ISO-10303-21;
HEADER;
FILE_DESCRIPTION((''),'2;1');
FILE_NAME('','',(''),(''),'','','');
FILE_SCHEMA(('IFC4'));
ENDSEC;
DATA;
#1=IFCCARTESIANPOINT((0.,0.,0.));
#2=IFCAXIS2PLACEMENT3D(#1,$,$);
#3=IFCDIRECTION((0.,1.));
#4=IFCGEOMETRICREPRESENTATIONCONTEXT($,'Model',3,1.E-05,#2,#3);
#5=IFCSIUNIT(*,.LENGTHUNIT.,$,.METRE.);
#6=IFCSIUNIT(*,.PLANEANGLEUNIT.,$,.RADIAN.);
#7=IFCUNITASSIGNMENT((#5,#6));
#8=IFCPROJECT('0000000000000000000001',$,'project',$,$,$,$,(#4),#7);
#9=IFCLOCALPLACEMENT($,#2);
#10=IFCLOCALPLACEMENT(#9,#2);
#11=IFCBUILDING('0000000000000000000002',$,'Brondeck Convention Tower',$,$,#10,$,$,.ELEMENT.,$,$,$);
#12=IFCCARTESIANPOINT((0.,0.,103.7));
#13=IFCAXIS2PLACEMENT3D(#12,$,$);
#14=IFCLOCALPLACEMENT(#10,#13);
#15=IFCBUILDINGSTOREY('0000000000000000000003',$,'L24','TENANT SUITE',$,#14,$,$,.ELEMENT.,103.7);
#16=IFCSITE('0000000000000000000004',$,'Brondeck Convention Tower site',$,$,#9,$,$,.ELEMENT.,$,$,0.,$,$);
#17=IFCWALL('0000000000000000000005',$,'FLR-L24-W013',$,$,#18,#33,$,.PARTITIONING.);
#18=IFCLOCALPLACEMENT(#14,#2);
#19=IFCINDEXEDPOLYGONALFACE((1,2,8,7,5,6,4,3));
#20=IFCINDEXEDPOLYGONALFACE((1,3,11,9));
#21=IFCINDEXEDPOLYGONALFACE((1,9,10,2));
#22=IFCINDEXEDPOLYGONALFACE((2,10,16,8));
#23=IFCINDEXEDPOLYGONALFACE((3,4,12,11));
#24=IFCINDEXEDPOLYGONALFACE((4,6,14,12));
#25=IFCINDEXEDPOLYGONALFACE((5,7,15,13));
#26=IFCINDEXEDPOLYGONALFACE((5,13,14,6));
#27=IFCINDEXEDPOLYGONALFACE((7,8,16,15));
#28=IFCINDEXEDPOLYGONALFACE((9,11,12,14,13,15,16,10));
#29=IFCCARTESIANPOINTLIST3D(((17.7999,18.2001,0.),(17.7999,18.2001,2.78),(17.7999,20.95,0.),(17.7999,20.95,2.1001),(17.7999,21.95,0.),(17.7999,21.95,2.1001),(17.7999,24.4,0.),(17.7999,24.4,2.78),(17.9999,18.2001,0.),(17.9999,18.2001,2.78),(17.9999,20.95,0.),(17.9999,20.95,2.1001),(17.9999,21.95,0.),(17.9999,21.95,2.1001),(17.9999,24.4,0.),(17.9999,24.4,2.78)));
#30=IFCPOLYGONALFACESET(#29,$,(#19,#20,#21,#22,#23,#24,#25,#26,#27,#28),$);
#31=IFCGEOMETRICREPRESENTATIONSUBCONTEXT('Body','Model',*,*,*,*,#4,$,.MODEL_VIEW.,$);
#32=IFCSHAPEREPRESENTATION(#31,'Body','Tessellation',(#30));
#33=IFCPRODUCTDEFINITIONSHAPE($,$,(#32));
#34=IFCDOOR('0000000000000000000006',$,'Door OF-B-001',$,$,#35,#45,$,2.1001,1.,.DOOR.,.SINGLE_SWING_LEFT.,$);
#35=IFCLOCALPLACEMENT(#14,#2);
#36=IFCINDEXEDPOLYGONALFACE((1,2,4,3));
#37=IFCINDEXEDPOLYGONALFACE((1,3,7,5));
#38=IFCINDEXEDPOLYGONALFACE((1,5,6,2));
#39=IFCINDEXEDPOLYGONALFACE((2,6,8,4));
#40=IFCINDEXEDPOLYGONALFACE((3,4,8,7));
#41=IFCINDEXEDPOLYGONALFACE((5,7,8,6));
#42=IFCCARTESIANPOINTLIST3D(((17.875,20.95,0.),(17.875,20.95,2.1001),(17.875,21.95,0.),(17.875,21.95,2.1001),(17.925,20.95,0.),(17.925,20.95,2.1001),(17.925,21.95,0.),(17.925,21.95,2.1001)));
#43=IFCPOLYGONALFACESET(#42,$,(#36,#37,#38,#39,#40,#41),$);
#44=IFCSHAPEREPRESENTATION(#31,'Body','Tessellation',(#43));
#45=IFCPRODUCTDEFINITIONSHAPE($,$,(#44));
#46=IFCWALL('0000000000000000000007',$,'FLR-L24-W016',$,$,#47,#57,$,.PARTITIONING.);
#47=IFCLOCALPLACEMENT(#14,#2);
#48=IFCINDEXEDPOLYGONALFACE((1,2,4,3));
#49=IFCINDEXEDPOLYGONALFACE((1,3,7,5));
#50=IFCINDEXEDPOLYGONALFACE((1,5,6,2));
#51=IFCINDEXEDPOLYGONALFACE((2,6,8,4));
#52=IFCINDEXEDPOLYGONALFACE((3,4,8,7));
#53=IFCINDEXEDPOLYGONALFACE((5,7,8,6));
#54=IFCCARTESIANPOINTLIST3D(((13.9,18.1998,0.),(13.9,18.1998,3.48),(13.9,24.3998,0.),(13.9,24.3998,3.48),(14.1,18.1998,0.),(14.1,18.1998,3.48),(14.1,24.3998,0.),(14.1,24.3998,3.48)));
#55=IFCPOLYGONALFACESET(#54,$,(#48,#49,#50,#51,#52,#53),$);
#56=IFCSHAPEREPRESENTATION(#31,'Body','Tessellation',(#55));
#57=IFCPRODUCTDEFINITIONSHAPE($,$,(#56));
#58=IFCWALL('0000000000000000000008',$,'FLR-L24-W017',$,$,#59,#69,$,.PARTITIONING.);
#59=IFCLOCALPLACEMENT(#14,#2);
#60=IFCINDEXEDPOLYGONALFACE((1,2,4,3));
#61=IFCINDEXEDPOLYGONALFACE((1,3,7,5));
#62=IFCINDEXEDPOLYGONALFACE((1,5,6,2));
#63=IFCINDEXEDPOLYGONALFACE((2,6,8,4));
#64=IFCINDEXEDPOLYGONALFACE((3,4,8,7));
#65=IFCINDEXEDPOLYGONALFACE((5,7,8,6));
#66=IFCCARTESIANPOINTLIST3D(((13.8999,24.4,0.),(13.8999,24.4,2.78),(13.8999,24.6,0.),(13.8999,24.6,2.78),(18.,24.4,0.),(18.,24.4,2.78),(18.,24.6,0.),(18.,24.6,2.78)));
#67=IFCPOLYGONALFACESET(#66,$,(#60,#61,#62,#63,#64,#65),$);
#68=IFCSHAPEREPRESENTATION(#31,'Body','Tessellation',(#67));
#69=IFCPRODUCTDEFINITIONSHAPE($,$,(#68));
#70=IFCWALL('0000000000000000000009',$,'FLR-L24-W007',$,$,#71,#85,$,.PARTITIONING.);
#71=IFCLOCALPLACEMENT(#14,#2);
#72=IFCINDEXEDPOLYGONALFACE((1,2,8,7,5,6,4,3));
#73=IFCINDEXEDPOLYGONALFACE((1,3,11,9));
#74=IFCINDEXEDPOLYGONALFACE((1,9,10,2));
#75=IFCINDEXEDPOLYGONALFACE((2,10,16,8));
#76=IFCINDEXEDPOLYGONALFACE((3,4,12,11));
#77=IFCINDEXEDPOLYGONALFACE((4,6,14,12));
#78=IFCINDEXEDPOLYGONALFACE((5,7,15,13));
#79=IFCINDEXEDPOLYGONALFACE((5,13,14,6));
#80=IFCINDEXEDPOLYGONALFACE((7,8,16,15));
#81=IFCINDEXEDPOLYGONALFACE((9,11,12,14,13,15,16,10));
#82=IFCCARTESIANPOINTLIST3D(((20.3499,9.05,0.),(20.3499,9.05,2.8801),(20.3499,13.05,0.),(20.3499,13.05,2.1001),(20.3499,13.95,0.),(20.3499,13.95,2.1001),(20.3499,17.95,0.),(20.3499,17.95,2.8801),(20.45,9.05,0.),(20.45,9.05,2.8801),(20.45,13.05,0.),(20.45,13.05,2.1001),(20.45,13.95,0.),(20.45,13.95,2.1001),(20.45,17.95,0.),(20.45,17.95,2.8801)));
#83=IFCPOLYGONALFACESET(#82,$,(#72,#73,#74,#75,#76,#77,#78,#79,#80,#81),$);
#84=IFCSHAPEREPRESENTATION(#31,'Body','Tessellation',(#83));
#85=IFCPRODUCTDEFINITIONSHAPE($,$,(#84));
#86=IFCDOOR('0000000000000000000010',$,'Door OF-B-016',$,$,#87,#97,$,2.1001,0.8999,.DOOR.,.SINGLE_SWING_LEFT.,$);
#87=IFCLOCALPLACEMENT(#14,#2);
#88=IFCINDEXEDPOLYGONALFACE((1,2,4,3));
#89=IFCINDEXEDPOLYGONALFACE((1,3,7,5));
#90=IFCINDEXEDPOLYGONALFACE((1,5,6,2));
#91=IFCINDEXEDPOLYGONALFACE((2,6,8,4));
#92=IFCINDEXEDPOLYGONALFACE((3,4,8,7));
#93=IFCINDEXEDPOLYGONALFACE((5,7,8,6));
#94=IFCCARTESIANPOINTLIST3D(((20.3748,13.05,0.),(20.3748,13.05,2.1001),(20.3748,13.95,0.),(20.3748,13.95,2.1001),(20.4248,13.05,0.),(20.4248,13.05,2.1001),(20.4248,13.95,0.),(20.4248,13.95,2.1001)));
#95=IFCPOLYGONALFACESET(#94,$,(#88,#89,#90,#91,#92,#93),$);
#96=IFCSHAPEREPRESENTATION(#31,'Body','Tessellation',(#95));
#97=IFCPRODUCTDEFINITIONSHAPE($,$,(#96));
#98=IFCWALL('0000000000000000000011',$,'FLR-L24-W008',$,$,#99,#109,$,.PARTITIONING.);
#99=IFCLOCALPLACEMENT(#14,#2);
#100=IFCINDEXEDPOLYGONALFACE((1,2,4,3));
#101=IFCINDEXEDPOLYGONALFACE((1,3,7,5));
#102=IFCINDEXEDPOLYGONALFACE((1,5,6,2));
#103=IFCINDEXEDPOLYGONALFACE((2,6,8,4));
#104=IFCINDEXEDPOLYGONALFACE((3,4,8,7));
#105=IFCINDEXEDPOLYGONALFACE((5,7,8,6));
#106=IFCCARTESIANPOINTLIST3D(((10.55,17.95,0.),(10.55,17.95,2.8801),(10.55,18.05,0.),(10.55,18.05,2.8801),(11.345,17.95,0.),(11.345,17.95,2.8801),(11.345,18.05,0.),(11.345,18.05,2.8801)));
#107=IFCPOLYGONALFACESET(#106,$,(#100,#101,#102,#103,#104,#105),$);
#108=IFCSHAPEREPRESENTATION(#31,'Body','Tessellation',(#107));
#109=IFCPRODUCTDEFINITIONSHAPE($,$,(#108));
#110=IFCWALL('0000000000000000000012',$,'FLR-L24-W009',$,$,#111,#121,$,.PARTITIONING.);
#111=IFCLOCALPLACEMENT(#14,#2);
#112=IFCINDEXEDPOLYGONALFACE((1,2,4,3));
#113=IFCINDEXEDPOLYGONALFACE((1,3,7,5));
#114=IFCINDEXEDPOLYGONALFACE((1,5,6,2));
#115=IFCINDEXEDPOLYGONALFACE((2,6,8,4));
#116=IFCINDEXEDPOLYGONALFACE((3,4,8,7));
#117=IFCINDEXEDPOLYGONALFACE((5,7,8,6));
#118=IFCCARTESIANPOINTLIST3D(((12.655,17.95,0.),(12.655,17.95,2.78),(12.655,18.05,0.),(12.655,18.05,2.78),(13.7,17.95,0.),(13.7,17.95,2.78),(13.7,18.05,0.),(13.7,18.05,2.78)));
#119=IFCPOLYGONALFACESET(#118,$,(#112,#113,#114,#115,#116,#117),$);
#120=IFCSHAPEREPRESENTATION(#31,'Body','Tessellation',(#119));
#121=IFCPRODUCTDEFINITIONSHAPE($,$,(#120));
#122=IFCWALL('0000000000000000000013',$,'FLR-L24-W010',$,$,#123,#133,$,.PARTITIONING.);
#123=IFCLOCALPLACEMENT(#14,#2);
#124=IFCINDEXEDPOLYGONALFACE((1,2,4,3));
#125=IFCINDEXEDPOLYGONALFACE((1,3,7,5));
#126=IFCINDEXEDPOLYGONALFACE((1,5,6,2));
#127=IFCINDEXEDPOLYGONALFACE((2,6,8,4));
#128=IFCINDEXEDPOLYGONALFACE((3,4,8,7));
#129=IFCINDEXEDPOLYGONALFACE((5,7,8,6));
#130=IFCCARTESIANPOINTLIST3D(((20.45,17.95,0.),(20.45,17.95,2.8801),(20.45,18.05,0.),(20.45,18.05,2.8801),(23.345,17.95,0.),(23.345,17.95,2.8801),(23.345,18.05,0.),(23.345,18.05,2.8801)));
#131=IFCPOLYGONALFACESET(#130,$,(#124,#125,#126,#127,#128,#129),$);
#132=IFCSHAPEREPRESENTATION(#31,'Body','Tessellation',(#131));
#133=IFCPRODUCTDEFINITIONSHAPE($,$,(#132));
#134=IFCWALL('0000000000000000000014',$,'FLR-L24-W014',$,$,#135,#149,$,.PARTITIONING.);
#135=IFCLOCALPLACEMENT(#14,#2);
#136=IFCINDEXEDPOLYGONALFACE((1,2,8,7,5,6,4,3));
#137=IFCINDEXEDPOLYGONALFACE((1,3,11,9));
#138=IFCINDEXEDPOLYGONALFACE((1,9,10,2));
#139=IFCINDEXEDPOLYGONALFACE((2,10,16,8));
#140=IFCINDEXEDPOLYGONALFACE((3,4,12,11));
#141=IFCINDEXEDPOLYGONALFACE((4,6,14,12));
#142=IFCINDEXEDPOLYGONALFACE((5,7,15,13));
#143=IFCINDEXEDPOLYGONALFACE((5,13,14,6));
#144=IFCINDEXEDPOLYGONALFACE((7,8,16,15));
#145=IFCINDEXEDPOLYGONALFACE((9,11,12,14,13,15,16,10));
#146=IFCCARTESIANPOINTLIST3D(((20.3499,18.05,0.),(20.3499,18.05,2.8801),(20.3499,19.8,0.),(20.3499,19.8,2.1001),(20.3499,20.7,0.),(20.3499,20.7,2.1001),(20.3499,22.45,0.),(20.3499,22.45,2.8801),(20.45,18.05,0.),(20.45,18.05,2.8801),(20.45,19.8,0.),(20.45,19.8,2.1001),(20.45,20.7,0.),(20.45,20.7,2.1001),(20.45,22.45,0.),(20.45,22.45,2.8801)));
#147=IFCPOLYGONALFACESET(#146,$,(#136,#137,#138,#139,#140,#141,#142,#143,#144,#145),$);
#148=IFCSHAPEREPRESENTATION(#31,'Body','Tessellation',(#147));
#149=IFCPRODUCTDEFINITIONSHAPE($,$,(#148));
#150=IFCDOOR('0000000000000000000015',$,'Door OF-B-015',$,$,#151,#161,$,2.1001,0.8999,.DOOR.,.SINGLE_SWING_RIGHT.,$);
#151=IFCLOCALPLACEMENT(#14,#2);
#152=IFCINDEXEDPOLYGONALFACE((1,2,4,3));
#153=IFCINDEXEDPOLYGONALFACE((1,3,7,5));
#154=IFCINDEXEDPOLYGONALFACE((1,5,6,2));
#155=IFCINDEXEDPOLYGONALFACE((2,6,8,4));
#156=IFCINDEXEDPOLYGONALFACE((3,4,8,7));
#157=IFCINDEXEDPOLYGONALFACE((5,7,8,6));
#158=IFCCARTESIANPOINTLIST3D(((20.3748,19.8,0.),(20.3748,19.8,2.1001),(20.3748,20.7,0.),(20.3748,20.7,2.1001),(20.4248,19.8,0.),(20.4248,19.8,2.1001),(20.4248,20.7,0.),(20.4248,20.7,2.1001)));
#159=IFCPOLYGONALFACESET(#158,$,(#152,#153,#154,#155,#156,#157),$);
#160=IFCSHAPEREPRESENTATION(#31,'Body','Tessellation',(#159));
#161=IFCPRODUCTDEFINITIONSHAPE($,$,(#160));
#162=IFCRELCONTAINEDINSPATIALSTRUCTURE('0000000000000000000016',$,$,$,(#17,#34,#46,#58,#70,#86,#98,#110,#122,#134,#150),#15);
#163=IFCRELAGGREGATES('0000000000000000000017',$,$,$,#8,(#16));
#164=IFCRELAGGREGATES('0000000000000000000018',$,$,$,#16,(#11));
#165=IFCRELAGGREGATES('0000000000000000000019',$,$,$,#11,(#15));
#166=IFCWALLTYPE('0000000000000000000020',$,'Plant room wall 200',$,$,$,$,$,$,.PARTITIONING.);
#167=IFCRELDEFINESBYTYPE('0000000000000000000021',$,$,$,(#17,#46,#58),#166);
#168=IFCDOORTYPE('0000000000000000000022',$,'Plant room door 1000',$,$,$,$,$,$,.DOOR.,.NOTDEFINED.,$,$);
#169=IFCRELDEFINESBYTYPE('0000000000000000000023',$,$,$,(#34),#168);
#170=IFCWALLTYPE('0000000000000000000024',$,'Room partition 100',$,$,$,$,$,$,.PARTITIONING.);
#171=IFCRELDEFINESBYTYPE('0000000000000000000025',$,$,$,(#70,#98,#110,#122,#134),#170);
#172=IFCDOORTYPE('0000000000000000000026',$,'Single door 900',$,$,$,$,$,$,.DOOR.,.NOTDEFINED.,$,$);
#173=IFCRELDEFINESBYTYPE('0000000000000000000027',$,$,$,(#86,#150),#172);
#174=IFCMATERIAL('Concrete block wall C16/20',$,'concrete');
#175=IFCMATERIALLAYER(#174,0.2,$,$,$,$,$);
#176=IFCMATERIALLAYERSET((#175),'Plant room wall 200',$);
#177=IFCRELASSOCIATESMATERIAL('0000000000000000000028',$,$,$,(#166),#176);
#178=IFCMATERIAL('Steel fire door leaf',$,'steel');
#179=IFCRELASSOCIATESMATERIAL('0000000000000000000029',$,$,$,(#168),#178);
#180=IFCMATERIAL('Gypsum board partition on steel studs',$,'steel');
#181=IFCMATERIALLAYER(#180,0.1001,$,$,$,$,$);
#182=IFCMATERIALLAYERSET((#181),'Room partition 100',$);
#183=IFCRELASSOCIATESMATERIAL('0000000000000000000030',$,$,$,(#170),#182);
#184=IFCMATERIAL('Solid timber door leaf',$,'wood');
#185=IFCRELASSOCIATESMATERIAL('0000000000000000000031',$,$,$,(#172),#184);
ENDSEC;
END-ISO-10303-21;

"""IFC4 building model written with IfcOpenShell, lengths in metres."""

from ifc_helpers import new_model, si_unit, direction, frame, frame_2d, origin, place, context, subcontext, project, spatial, rectangle, extrude, material, layer, layer_set, type_object, element, fill, save


model = new_model("IFC4")

# Units and contexts
model_context = context("Model", 3, precision=1e-05, world=origin(), true_north=direction((0.0, 1.0)))
body_context = subcontext(model_context, "Body", "Model", "MODEL_VIEW")
ifc_project = project(units=[si_unit("LENGTHUNIT", "METRE"), si_unit("PLANEANGLEUNIT", "RADIAN")], contexts=[model_context])

# Site, building, storey
site_placement = place(None, origin())
site = spatial("IfcSite", under=ifc_project, at=site_placement, Name="Brondeck Convention Tower site", CompositionType="ELEMENT", RefElevation=0.0)
building_placement = place(site_placement, origin())
building = spatial("IfcBuilding", under=site, at=building_placement, Name="Brondeck Convention Tower", CompositionType="ELEMENT")
storey_placement = place(building_placement, frame((0.0, 0.0, 103.7)))
storey = spatial("IfcBuildingStorey", under=building, at=storey_placement, Name="L24", Description="TENANT SUITE", CompositionType="ELEMENT", Elevation=103.7)

# Wall, opening, door
ifc_material_1 = material(Name="Concrete block wall C16/20", Category="concrete")
ifc_layer_1 = layer(ifc_material_1, 0.2)
ifc_layer_set_1 = layer_set([ifc_layer_1], Name="Plant room wall 200")
wall_type_1 = type_object("IfcWallType", Name="Plant room wall 200", PredefinedType="PARTITIONING", material=ifc_layer_set_1)
wall_1_placement = place(storey_placement, frame((17.8999, 18.2, 0.0), z_axis=(0.0, 0.0, 1.0), x_axis=(0.0, 1.0, 0.0)))
wall_1 = element("IfcWall", 1, at=wall_1_placement, inside=storey, type_object=wall_type_1, Name="FLR-L24-W013", PredefinedType="PARTITIONING", context=body_context, shape_type="SweptSolid", body=[
    extrude(rectangle(XDim=6.2, YDim=0.2, at=frame_2d((3.1001, 0.0))), origin(), (0.0, 0.0, 1.0), 2.78),
])
opening_1_placement = place(wall_1_placement, frame((2.75, 0.0, 0.0)))
opening_1 = element("IfcOpeningElement", 2, at=opening_1_placement, cuts=wall_1, PredefinedType="OPENING", context=body_context, shape_type="SweptSolid", body=[
    extrude(rectangle(XDim=1.0, YDim=2.1001, at=frame_2d((0.5, 1.05))), frame((0.0, 0.1099, 0.0), z_axis=(0.0, -1.0, 0.0), x_axis=(1.0, 0.0, 0.0)), (0.0, 0.0, 1.0), 0.22),
])
ifc_material_2 = material(Name="Steel fire door leaf", Category="steel")
door_type_1 = type_object("IfcDoorType", Name="Plant room door 1000", OperationType="NOTDEFINED", PredefinedType="DOOR", material=ifc_material_2)
door_1_placement = place(opening_1_placement, origin())
door_1 = element("IfcDoor", 3, at=door_1_placement, inside=storey, type_object=door_type_1, Name="Door OF-B-001", OperationType="SINGLE_SWING_LEFT", OverallHeight=2.1001, OverallWidth=1.0, PredefinedType="DOOR", context=body_context, shape_type="SweptSolid", body=[
    extrude(rectangle(XDim=1.0, YDim=2.1001, at=frame_2d((0.5, 1.05))), frame((0.0, 0.0249, 0.0), z_axis=(0.0, -1.0, 0.0), x_axis=(1.0, 0.0, 0.0)), (0.0, 0.0, 1.0), 0.05),
])
fill(opening_1, door_1)

# Walls
wall_2_placement = place(storey_placement, frame((14.0, 24.3999, 0.0), z_axis=(0.0, 0.0, 1.0), x_axis=(0.0, -1.0, 0.0)))
element("IfcWall", 4, at=wall_2_placement, inside=storey, type_object=wall_type_1, Name="FLR-L24-W016", PredefinedType="PARTITIONING", context=body_context, shape_type="SweptSolid", body=[
    extrude(rectangle(XDim=6.2, YDim=0.2, at=frame_2d((3.1001, 0.0))), origin(), (0.0, 0.0, 1.0), 3.48),
])
wall_3_placement = place(storey_placement, frame((18.0, 24.5, 0.0), z_axis=(0.0, 0.0, 1.0), x_axis=(-1.0, 0.0, 0.0)))
element("IfcWall", 5, at=wall_3_placement, inside=storey, type_object=wall_type_1, Name="FLR-L24-W017", PredefinedType="PARTITIONING", context=body_context, shape_type="SweptSolid", body=[
    extrude(rectangle(XDim=4.1001, YDim=0.2, at=frame_2d((2.05, 0.0))), origin(), (0.0, 0.0, 1.0), 2.78),
])

# Wall, opening, door
ifc_material_3 = material(Name="Gypsum board partition on steel studs", Category="steel")
ifc_layer_2 = layer(ifc_material_3, 0.1001)
ifc_layer_set_2 = layer_set([ifc_layer_2], Name="Room partition 100")
wall_type_2 = type_object("IfcWallType", Name="Room partition 100", PredefinedType="PARTITIONING", material=ifc_layer_set_2)
wall_4_placement = place(storey_placement, frame((20.3999, 17.95, 0.0), z_axis=(0.0, 0.0, 1.0), x_axis=(0.0, -1.0, 0.0)))
wall_4 = element("IfcWall", 6, at=wall_4_placement, inside=storey, type_object=wall_type_2, Name="FLR-L24-W007", PredefinedType="PARTITIONING", context=body_context, shape_type="SweptSolid", body=[
    extrude(rectangle(XDim=8.8999, YDim=0.1001, at=frame_2d((4.45, 0.0))), origin(), (0.0, 0.0, 1.0), 2.8801),
])
opening_2_placement = place(wall_4_placement, frame((4.0, 0.0, 0.0)))
opening_2 = element("IfcOpeningElement", 7, at=opening_2_placement, cuts=wall_4, PredefinedType="OPENING", context=body_context, shape_type="SweptSolid", body=[
    extrude(rectangle(XDim=0.8999, YDim=2.1001, at=frame_2d((0.45, 1.05))), frame((0.0, 0.0601, 0.0), z_axis=(0.0, -1.0, 0.0), x_axis=(1.0, 0.0, 0.0)), (0.0, 0.0, 1.0), 0.1201),
])
ifc_material_4 = material(Name="Solid timber door leaf", Category="wood")
door_type_2 = type_object("IfcDoorType", Name="Single door 900", OperationType="NOTDEFINED", PredefinedType="DOOR", material=ifc_material_4)
door_2_placement = place(opening_2_placement, origin())
door_2 = element("IfcDoor", 8, at=door_2_placement, inside=storey, type_object=door_type_2, Name="Door OF-B-016", OperationType="SINGLE_SWING_LEFT", OverallHeight=2.1001, OverallWidth=0.8999, PredefinedType="DOOR", context=body_context, shape_type="SweptSolid", body=[
    extrude(rectangle(XDim=0.8999, YDim=2.1001, at=frame_2d((0.45, 1.05))), frame((0.0, 0.0249, 0.0), z_axis=(0.0, -1.0, 0.0), x_axis=(1.0, 0.0, 0.0)), (0.0, 0.0, 1.0), 0.05),
])
fill(opening_2, door_2)

# Walls
wall_5_placement = place(storey_placement, frame((11.345, 18.0, 0.0), z_axis=(0.0, 0.0, 1.0), x_axis=(-1.0, 0.0, 0.0)))
element("IfcWall", 9, at=wall_5_placement, inside=storey, type_object=wall_type_2, Name="FLR-L24-W008", PredefinedType="PARTITIONING", context=body_context, shape_type="SweptSolid", body=[
    extrude(rectangle(XDim=0.7949, YDim=0.1001, at=frame_2d((0.3975, 0.0))), origin(), (0.0, 0.0, 1.0), 2.8801),
])
wall_6_placement = place(storey_placement, frame((13.7, 18.0, 0.0), z_axis=(0.0, 0.0, 1.0), x_axis=(-1.0, 0.0, 0.0)))
element("IfcWall", 10, at=wall_6_placement, inside=storey, type_object=wall_type_2, Name="FLR-L24-W009", PredefinedType="PARTITIONING", context=body_context, shape_type="SweptSolid", body=[
    extrude(rectangle(XDim=1.0449, YDim=0.1001, at=frame_2d((0.5225, 0.0))), origin(), (0.0, 0.0, 1.0), 2.78),
])
wall_7_placement = place(storey_placement, frame((23.345, 18.0, 0.0), z_axis=(0.0, 0.0, 1.0), x_axis=(-1.0, 0.0, 0.0)))
element("IfcWall", 11, at=wall_7_placement, inside=storey, type_object=wall_type_2, Name="FLR-L24-W010", PredefinedType="PARTITIONING", context=body_context, shape_type="SweptSolid", body=[
    extrude(rectangle(XDim=2.895, YDim=0.1001, at=frame_2d((1.4475, 0.0))), origin(), (0.0, 0.0, 1.0), 2.8801),
])

# Wall, opening, door
wall_8_placement = place(storey_placement, frame((20.3999, 22.45, 0.0), z_axis=(0.0, 0.0, 1.0), x_axis=(0.0, -1.0, 0.0)))
wall_8 = element("IfcWall", 12, at=wall_8_placement, inside=storey, type_object=wall_type_2, Name="FLR-L24-W014", PredefinedType="PARTITIONING", context=body_context, shape_type="SweptSolid", body=[
    extrude(rectangle(XDim=4.3999, YDim=0.1001, at=frame_2d((2.2, 0.0))), origin(), (0.0, 0.0, 1.0), 2.8801),
])
opening_3_placement = place(wall_8_placement, frame((1.75, 0.0, 0.0)))
opening_3 = element("IfcOpeningElement", 13, at=opening_3_placement, cuts=wall_8, PredefinedType="OPENING", context=body_context, shape_type="SweptSolid", body=[
    extrude(rectangle(XDim=0.8999, YDim=2.1001, at=frame_2d((0.45, 1.05))), frame((0.0, 0.0601, 0.0), z_axis=(0.0, -1.0, 0.0), x_axis=(1.0, 0.0, 0.0)), (0.0, 0.0, 1.0), 0.1201),
])
door_3_placement = place(opening_3_placement, origin())
door_3 = element("IfcDoor", 14, at=door_3_placement, inside=storey, type_object=door_type_2, Name="Door OF-B-015", OperationType="SINGLE_SWING_RIGHT", OverallHeight=2.1001, OverallWidth=0.8999, PredefinedType="DOOR", context=body_context, shape_type="SweptSolid", body=[
    extrude(rectangle(XDim=0.8999, YDim=2.1001, at=frame_2d((0.45, 1.05))), frame((0.0, 0.0249, 0.0), z_axis=(0.0, -1.0, 0.0), x_axis=(1.0, 0.0, 0.0)), (0.0, 0.0, 1.0), 0.05),
])
fill(opening_3, door_3)

save(model, "model.ifc")
